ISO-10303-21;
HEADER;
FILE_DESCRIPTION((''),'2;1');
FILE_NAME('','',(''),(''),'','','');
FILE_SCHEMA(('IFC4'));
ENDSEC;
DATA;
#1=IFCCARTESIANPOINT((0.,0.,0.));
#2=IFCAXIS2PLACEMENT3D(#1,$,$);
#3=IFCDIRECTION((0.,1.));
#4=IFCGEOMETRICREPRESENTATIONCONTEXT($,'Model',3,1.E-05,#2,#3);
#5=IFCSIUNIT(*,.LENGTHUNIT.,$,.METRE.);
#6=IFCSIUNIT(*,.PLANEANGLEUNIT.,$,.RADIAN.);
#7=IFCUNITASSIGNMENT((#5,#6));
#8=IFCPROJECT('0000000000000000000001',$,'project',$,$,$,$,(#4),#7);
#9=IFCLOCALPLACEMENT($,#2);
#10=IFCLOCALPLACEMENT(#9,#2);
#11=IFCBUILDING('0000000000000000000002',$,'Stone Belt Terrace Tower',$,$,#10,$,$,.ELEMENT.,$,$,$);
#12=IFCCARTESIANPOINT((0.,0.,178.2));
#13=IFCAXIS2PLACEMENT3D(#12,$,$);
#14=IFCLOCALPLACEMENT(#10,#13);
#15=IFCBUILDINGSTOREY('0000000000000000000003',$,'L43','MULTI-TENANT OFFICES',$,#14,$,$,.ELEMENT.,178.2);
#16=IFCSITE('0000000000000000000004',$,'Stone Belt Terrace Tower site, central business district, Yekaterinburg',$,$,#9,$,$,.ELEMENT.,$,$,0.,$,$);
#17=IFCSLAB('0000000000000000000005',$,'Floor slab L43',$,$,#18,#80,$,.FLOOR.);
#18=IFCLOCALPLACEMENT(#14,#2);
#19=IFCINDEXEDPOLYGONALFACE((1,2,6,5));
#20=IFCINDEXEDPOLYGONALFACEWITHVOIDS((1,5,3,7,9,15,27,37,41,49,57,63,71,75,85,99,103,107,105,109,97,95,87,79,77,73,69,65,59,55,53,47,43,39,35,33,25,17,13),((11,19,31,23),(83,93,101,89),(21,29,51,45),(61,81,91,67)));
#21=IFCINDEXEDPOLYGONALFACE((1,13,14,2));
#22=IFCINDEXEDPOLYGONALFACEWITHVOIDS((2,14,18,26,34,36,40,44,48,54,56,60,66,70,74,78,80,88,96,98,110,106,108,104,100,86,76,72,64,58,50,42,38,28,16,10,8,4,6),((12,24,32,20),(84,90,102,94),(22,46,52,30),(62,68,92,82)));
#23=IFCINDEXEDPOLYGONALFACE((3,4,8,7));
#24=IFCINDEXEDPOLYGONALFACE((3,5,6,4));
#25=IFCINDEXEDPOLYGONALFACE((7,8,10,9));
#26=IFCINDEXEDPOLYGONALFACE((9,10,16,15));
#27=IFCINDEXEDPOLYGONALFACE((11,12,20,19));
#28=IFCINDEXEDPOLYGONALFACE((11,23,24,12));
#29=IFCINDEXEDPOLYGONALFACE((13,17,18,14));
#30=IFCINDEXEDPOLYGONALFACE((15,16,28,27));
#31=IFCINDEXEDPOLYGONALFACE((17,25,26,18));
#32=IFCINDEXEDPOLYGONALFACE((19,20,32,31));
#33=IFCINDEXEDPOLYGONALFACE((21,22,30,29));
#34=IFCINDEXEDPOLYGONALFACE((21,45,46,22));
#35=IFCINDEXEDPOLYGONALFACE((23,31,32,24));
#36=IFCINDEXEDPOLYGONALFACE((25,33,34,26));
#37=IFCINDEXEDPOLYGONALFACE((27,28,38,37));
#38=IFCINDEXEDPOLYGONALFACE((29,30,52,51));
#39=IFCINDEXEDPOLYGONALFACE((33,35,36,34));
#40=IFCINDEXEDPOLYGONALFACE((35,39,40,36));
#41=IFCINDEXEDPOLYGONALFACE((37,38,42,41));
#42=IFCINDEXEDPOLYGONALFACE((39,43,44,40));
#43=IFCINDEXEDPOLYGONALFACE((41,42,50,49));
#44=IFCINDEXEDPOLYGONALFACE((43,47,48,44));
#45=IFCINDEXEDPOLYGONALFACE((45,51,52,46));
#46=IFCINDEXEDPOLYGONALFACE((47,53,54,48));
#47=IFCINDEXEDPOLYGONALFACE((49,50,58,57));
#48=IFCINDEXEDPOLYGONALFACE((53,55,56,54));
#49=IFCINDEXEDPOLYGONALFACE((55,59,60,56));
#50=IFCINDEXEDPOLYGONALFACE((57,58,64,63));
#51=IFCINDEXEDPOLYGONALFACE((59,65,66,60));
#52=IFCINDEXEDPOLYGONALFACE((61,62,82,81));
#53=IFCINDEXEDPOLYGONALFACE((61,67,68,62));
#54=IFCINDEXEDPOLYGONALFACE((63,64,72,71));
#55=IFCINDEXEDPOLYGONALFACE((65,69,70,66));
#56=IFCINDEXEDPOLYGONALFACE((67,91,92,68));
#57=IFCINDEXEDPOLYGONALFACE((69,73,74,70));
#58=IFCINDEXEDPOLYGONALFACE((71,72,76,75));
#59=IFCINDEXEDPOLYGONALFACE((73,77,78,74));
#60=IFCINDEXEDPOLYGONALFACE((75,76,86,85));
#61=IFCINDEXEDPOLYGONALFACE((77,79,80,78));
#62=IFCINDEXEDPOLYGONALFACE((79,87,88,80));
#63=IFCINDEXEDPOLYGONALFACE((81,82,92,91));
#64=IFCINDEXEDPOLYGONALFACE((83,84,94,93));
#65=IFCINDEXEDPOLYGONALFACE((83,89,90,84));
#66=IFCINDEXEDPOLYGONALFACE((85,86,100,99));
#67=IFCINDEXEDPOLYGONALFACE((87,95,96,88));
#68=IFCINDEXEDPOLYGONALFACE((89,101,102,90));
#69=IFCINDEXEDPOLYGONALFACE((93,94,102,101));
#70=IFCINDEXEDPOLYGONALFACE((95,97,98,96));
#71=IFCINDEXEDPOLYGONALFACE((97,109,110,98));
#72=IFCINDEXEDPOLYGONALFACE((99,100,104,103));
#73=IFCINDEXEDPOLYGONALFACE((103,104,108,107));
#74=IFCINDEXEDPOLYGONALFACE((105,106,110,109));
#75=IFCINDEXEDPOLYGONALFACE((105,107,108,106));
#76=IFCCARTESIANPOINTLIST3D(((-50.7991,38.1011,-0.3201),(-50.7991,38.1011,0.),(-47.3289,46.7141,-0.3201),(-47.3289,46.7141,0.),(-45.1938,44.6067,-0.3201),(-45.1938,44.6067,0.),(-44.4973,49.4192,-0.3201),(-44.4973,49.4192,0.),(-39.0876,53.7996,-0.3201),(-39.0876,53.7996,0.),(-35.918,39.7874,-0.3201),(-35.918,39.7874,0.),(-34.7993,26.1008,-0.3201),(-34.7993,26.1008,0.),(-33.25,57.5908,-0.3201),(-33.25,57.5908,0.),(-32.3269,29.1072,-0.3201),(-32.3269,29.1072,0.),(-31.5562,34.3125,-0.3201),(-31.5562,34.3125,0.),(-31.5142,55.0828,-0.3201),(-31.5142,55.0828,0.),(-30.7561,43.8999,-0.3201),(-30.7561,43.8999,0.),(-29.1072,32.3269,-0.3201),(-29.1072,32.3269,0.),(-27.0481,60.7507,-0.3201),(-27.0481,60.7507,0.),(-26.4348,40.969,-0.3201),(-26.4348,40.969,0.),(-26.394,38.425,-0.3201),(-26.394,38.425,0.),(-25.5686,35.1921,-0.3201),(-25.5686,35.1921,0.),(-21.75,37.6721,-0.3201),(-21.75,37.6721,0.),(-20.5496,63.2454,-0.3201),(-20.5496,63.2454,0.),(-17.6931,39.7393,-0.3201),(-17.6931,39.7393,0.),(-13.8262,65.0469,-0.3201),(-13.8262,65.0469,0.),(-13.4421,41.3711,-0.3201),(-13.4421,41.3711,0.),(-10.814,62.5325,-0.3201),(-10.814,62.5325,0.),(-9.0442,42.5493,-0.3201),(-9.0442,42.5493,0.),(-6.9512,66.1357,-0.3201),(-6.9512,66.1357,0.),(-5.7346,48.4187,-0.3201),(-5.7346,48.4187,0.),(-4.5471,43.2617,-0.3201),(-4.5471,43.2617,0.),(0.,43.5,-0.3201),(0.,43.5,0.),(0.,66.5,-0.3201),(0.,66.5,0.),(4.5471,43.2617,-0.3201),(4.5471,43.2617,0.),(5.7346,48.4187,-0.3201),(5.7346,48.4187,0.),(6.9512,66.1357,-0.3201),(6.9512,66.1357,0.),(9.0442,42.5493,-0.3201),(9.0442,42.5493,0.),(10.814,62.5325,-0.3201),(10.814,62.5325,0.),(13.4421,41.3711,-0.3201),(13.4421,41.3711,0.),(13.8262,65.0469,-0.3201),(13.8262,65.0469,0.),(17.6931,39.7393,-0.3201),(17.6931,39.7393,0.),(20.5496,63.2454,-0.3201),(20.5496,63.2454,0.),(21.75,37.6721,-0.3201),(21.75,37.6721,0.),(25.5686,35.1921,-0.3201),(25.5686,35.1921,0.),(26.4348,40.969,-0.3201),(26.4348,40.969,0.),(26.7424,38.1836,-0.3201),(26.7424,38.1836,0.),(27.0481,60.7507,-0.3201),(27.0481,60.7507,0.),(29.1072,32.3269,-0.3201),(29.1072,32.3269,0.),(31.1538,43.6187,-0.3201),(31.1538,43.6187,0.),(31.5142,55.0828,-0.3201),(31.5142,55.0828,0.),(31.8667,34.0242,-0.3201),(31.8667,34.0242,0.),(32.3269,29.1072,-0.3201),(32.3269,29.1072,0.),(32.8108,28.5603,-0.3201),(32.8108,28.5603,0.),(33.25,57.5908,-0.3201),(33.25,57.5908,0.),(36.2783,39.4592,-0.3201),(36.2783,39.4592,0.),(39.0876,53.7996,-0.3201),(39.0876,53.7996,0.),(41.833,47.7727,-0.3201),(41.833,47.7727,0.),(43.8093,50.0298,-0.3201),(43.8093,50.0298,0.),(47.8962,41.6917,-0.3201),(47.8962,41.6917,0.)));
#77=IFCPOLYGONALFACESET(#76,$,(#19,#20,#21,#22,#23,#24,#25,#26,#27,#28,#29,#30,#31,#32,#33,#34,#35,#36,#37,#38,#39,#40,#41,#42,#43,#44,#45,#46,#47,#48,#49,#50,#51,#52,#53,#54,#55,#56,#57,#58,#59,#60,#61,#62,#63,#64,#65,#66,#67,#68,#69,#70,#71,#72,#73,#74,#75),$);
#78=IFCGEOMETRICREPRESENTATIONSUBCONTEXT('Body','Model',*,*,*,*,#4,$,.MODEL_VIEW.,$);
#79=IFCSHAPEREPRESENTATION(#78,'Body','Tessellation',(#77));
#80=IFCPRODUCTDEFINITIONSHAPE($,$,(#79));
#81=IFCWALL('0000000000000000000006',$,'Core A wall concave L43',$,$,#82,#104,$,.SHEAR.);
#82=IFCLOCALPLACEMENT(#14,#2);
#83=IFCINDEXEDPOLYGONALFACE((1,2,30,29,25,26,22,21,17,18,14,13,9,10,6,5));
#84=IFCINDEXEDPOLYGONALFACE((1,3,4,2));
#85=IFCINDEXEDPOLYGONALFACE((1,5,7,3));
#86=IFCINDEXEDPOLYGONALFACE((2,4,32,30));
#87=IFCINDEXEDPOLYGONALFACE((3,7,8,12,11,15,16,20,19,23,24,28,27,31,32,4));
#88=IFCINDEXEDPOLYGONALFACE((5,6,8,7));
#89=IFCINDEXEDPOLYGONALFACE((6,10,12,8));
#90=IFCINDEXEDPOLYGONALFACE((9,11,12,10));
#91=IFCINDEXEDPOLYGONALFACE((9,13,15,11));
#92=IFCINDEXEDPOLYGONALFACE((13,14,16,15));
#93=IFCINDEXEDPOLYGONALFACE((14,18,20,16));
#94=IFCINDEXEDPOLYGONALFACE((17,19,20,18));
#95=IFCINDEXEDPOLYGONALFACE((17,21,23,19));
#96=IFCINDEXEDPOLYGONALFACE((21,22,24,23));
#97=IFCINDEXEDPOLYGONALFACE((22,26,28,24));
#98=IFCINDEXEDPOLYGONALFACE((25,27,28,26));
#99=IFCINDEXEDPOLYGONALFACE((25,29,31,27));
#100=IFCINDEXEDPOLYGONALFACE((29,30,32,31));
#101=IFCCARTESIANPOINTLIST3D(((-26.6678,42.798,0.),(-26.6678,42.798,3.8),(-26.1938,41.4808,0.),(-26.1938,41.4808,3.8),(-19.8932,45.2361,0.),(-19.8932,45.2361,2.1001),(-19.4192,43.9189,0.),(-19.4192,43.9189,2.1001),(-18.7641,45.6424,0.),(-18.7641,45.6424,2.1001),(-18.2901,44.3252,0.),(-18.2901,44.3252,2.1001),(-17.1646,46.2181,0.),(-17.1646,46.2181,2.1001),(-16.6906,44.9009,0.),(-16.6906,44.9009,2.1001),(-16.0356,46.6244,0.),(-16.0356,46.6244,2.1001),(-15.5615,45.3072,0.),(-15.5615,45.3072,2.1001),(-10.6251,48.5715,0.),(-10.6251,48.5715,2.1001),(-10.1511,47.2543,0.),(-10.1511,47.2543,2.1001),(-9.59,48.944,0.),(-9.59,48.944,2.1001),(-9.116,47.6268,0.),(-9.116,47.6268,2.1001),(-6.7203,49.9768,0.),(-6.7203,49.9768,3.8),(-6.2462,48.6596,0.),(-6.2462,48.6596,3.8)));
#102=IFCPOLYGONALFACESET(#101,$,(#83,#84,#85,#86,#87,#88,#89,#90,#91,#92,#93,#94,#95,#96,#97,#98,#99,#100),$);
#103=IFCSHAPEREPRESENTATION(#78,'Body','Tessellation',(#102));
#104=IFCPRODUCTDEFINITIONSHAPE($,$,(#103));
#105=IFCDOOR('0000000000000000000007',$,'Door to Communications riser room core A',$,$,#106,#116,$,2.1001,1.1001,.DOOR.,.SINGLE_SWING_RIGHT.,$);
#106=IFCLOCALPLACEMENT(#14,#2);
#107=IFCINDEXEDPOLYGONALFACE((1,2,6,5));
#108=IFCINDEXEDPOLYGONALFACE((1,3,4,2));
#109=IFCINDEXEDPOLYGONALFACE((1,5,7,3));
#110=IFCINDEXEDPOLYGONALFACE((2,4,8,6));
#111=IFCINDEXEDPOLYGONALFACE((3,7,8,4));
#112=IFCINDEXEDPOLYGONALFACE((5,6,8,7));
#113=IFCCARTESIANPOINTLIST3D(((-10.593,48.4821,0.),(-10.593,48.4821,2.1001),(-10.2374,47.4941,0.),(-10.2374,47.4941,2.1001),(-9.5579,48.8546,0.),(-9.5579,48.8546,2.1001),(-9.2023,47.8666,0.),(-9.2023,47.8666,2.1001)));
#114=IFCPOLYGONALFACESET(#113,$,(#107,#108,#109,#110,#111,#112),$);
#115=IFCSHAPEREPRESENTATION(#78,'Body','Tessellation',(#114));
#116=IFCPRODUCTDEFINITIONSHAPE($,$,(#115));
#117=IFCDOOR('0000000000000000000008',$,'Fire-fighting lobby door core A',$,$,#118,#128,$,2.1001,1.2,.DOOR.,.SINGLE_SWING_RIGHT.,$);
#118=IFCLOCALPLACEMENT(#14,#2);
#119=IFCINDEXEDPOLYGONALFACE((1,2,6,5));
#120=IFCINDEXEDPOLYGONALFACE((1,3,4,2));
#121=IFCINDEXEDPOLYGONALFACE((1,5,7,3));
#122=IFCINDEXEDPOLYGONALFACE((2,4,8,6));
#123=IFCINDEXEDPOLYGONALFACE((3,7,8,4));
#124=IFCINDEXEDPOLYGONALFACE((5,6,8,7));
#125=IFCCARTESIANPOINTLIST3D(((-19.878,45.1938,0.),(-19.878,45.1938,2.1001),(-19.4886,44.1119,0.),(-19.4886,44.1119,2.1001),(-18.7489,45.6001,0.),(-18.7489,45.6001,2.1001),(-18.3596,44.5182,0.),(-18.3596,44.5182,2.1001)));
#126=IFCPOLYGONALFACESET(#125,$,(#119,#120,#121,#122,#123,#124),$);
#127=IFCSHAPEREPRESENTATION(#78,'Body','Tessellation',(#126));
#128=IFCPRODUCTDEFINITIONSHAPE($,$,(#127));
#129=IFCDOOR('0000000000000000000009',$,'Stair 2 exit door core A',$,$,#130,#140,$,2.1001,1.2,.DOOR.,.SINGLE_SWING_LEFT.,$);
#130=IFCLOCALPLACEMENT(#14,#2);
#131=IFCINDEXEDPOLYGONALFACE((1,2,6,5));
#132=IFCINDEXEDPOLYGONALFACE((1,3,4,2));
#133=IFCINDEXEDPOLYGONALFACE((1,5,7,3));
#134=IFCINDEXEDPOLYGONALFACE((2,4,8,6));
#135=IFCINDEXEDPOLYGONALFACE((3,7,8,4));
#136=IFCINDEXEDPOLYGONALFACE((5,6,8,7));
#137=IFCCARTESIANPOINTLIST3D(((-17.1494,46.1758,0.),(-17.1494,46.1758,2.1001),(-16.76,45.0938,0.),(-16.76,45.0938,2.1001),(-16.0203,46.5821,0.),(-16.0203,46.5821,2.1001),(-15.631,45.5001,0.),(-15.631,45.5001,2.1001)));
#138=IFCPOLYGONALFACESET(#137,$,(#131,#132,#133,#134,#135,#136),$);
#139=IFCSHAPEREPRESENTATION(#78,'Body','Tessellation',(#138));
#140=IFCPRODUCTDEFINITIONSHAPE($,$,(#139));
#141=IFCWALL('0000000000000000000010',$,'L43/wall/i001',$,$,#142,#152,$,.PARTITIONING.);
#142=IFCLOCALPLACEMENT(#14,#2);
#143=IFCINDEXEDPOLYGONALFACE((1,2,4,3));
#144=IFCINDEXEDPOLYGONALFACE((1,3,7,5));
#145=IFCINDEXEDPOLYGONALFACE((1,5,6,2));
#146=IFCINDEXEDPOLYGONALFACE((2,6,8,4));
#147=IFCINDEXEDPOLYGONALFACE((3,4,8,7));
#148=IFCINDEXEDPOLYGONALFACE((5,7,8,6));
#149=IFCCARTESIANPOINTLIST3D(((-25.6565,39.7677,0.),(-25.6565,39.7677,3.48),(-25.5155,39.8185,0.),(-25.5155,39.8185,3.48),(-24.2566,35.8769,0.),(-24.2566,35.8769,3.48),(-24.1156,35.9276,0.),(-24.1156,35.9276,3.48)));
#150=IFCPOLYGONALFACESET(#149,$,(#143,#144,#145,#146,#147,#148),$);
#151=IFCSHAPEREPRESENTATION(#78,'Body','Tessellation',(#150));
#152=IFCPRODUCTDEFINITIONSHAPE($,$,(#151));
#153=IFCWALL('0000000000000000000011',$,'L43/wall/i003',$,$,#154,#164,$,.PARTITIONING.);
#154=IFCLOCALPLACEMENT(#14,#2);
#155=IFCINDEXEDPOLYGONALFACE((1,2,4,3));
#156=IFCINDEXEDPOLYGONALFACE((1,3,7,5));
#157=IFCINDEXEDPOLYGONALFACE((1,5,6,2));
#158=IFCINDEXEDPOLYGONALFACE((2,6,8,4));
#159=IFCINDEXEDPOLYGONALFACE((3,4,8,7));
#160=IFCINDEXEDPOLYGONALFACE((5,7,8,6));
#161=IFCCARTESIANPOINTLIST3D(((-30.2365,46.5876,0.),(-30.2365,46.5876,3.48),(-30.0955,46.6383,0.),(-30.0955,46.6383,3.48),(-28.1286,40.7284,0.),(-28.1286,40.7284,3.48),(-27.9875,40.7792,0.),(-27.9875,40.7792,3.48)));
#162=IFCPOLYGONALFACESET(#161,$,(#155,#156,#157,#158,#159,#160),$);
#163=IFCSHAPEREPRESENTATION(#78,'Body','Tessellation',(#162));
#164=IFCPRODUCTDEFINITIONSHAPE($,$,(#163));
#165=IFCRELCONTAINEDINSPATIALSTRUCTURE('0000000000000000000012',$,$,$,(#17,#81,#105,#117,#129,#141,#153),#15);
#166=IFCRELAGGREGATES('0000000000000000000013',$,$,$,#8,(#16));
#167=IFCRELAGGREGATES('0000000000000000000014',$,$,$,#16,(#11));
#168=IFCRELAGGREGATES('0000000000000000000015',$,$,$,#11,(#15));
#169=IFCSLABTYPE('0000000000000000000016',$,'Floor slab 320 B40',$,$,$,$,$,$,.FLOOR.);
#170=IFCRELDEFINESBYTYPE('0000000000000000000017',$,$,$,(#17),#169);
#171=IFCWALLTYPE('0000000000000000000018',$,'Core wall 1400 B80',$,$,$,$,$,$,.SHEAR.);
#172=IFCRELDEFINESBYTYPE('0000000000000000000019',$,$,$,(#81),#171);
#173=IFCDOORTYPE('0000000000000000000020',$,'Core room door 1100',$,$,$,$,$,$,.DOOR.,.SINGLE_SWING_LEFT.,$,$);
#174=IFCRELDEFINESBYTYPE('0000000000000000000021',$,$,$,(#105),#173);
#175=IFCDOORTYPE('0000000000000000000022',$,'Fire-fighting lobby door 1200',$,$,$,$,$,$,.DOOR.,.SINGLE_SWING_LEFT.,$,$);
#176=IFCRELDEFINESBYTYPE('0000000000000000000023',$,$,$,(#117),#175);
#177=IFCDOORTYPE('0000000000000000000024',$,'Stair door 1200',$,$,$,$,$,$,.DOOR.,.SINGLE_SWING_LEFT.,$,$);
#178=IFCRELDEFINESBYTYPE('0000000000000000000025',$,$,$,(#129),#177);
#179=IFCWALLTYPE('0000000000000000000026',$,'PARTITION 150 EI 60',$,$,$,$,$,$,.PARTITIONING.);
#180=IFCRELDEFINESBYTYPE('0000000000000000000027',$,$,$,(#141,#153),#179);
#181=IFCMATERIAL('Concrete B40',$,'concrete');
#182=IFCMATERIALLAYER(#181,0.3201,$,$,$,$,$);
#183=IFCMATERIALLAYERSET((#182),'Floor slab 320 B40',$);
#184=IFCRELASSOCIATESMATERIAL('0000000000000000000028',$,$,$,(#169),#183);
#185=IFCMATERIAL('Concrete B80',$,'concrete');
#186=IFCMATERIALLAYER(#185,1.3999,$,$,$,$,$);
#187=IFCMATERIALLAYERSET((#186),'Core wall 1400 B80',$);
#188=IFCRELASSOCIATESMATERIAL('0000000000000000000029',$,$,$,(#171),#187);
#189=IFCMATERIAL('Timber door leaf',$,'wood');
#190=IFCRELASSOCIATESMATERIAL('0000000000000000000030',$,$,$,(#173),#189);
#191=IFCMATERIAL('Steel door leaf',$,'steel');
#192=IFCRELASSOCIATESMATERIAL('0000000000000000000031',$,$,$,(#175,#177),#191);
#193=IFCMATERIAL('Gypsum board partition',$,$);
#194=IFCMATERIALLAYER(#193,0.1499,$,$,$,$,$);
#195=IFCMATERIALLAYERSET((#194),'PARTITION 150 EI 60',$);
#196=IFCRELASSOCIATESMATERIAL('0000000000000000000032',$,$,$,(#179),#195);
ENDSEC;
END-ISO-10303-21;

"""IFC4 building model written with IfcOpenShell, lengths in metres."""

from ifc_helpers import new_model, si_unit, direction, frame, frame_2d, origin, place, context, subcontext, project, spatial, polyline, rectangle, outline, extrude, material, layer, layer_set, type_object, element, fill, save


model = new_model("IFC4")

# Units and contexts
model_context = context("Model", 3, precision=1e-05, world=origin(), true_north=direction((0.0, 1.0)))
body_context = subcontext(model_context, "Body", "Model", "MODEL_VIEW")
ifc_project = project(units=[si_unit("LENGTHUNIT", "METRE"), si_unit("PLANEANGLEUNIT", "RADIAN")], contexts=[model_context])

# Site, building, storey
site_placement = place(None, origin())
site = spatial("IfcSite", under=ifc_project, at=site_placement, Name="Stone Belt Terrace Tower site, central business district, Yekaterinburg", CompositionType="ELEMENT", RefElevation=0.0)
building_placement = place(site_placement, origin())
building = spatial("IfcBuilding", under=site, at=building_placement, Name="Stone Belt Terrace Tower", CompositionType="ELEMENT")
storey_placement = place(building_placement, frame((0.0, 0.0, 178.2)))
storey = spatial("IfcBuildingStorey", under=building, at=storey_placement, Name="L43", Description="MULTI-TENANT OFFICES", CompositionType="ELEMENT", Elevation=178.2)

# Shared definitions
ifc_material_1 = material(Name="Concrete B80", Category="concrete")

# Slab
ifc_material_2 = material(Name="Concrete B40", Category="concrete")
ifc_layer_1 = layer(ifc_material_2, 0.3201)
ifc_layer_set_1 = layer_set([ifc_layer_1], Name="Floor slab 320 B40")
slab_type = type_object("IfcSlabType", Name="Floor slab 320 B40", PredefinedType="FLOOR", material=ifc_layer_set_1)
slab_placement = place(storey_placement, frame((0.0, 0.0, -0.3201)))
element("IfcSlab", 1, at=slab_placement, inside=storey, type_object=slab_type, Name="Floor slab L43", PredefinedType="FLOOR", context=body_context, shape_type="SweptSolid", body=[
    extrude(outline(polyline([(-44.4973, 49.4192), (-39.0876, 53.7996), (-33.25, 57.5908), (-27.0481, 60.7507), (-20.5496, 63.2454), (-13.8262, 65.0469), (-6.9512, 66.1357), (0.0, 66.5), (6.9512, 66.1357), (13.8262, 65.0469), (20.5496, 63.2454), (27.0481, 60.7507), (33.25, 57.5908), (39.0876, 53.7996), (43.8093, 50.0298), (41.833, 47.7727), (47.8962, 41.6917), (32.8108, 28.5603), (32.3269, 29.1072), (29.1072, 32.3269), (25.5686, 35.1921), (21.75, 37.6721), (17.6931, 39.7393), (13.4421, 41.3711), (9.0442, 42.5493), (4.5471, 43.2617), (0.0, 43.5), (-4.5471, 43.2617), (-9.0442, 42.5493), (-13.4421, 41.3711), (-17.6931, 39.7393), (-21.75, 37.6721), (-25.5686, 35.1921), (-29.1072, 32.3269), (-32.3269, 29.1072), (-34.7993, 26.1008), (-50.7991, 38.1011), (-45.1938, 44.6067), (-47.3289, 46.7141), (-44.4973, 49.4192)]), holes=[polyline([(-26.4348, 40.969), (-5.7346, 48.4187), (-10.814, 62.5325), (-31.5142, 55.0828), (-26.4348, 40.969)]), polyline([(10.814, 62.5325), (5.7346, 48.4187), (26.4348, 40.969), (31.5142, 55.0828), (10.814, 62.5325)]), polyline([(-35.918, 39.7874), (-31.5562, 34.3125), (-26.394, 38.425), (-30.7561, 43.8999), (-35.918, 39.7874)]), polyline([(36.2783, 39.4592), (31.1538, 43.6187), (26.7424, 38.1836), (31.8667, 34.0242), (36.2783, 39.4592)])]), origin(), (0.0, 0.0, 1.0), 0.3201),
])

# Wall, openings, doors
ifc_layer_2 = layer(ifc_material_1, 1.3999)
ifc_layer_set_2 = layer_set([ifc_layer_2], Name="Core wall 1400 B80")
wall_type_1 = type_object("IfcWallType", Name="Core wall 1400 B80", PredefinedType="SHEAR", material=ifc_layer_set_2)
wall_1_placement = place(storey_placement, frame((-26.4309, 42.1394, 0.0), z_axis=(0.0, 0.0, 1.0), x_axis=(0.940923, 0.33862, 0.0)))
wall_1 = element("IfcWall", 2, at=wall_1_placement, inside=storey, type_object=wall_type_1, Name="Core A wall concave L43", PredefinedType="SHEAR", context=body_context, shape_type="SweptSolid", body=[
    extrude(rectangle(XDim=21.2, YDim=1.3999, at=frame_2d((10.6001, 0.0))), origin(), (0.0, 0.0, 1.0), 3.8),
])
opening_1_placement = place(wall_1_placement, frame((7.2, 0.0, 0.0)))
opening_1 = element("IfcOpeningElement", 3, at=opening_1_placement, cuts=wall_1, PredefinedType="OPENING", context=body_context, shape_type="SweptSolid", body=[
    extrude(rectangle(XDim=1.2, YDim=2.1001, at=frame_2d((0.6001, 1.05))), frame((0.0, 0.71, 0.0), z_axis=(0.0, -1.0, 0.0), x_axis=(1.0, 0.0, 0.0)), (0.0, 0.0, 1.0), 1.4199),
])
opening_2_placement = place(wall_1_placement, frame((10.0999, 0.0, 0.0)))
opening_2 = element("IfcOpeningElement", 4, at=opening_2_placement, cuts=wall_1, PredefinedType="OPENING", context=body_context, shape_type="SweptSolid", body=[
    extrude(rectangle(XDim=1.2, YDim=2.1001, at=frame_2d((0.6001, 1.05))), frame((0.0, 0.71, 0.0), z_axis=(0.0, -1.0, 0.0), x_axis=(1.0, 0.0, 0.0)), (0.0, 0.0, 1.0), 1.4199),
])
opening_3_placement = place(wall_1_placement, frame((17.05, 0.0, 0.0)))
opening_3 = element("IfcOpeningElement", 5, at=opening_3_placement, cuts=wall_1, PredefinedType="OPENING", context=body_context, shape_type="SweptSolid", body=[
    extrude(rectangle(XDim=1.1001, YDim=2.1001, at=frame_2d((0.55, 1.05))), frame((0.0, 0.71, 0.0), z_axis=(0.0, -1.0, 0.0), x_axis=(1.0, 0.0, 0.0)), (0.0, 0.0, 1.0), 1.4199),
])
ifc_material_3 = material(Name="Timber door leaf", Category="wood")
door_type_1 = type_object("IfcDoorType", Name="Core room door 1100", OperationType="SINGLE_SWING_LEFT", PredefinedType="DOOR", material=ifc_material_3)
door_1_placement = place(opening_3_placement, origin())
door_1 = element("IfcDoor", 6, at=door_1_placement, inside=storey, type_object=door_type_1, Name="Door to Communications riser room core A", OperationType="SINGLE_SWING_RIGHT", OverallHeight=2.1001, OverallWidth=1.1001, PredefinedType="DOOR", context=body_context, shape_type="SweptSolid", body=[
    extrude(rectangle(XDim=1.1001, YDim=2.1001, at=frame_2d((0.55, 1.05))), frame((0.0, 0.605, 0.0), z_axis=(0.0, -1.0, 0.0), x_axis=(1.0, 0.0, 0.0)), (0.0, 0.0, 1.0), 1.05),
])
fill(opening_3, door_1)
ifc_material_4 = material(Name="Steel door leaf", Category="steel")
door_type_2 = type_object("IfcDoorType", Name="Fire-fighting lobby door 1200", OperationType="SINGLE_SWING_LEFT", PredefinedType="DOOR", material=ifc_material_4)
door_2_placement = place(opening_1_placement, origin())
door_2 = element("IfcDoor", 7, at=door_2_placement, inside=storey, type_object=door_type_2, Name="Fire-fighting lobby door core A", OperationType="SINGLE_SWING_RIGHT", OverallHeight=2.1001, OverallWidth=1.2, PredefinedType="DOOR", context=body_context, shape_type="SweptSolid", body=[
    extrude(rectangle(XDim=1.2, YDim=2.1001, at=frame_2d((0.6001, 1.05))), frame((0.0, 0.655, 0.0), z_axis=(0.0, -1.0, 0.0), x_axis=(1.0, 0.0, 0.0)), (0.0, 0.0, 1.0), 1.1499),
])
fill(opening_1, door_2)
door_type_3 = type_object("IfcDoorType", Name="Stair door 1200", OperationType="SINGLE_SWING_LEFT", PredefinedType="DOOR", material=ifc_material_4)
door_3_placement = place(opening_2_placement, origin())
door_3 = element("IfcDoor", 8, at=door_3_placement, inside=storey, type_object=door_type_3, Name="Stair 2 exit door core A", OperationType="SINGLE_SWING_LEFT", OverallHeight=2.1001, OverallWidth=1.2, PredefinedType="DOOR", context=body_context, shape_type="SweptSolid", body=[
    extrude(rectangle(XDim=1.2, YDim=2.1001, at=frame_2d((0.6001, 1.05))), frame((0.0, 0.655, 0.0), z_axis=(0.0, -1.0, 0.0), x_axis=(1.0, 0.0, 0.0)), (0.0, 0.0, 1.0), 1.1499),
])
fill(opening_2, door_3)

# Walls
ifc_material_5 = material(Name="Gypsum board partition")
ifc_layer_3 = layer(ifc_material_5, 0.1499)
ifc_layer_set_3 = layer_set([ifc_layer_3], Name="PARTITION 150 EI 60")
wall_type_2 = type_object("IfcWallType", Name="PARTITION 150 EI 60", PredefinedType="PARTITIONING", material=ifc_layer_set_3)
wall_2_placement = place(storey_placement, frame((-25.5859, 39.793, 0.0), z_axis=(0.0, 0.0, 1.0), x_axis=(0.338546, -0.94095, 0.0)))
element("IfcWall", 9, at=wall_2_placement, inside=storey, type_object=wall_type_2, Name="L43/wall/i001", PredefinedType="PARTITIONING", context=body_context, shape_type="SweptSolid", body=[
    extrude(rectangle(XDim=4.135, YDim=0.1499, at=frame_2d((2.0674, 0.0))), origin(), (0.0, 0.0, 1.0), 3.48),
])
wall_3_placement = place(storey_placement, frame((-28.0581, 40.7539, 0.0), z_axis=(0.0, 0.0, 1.0), x_axis=(-0.338524, 0.940958, 0.0)))
element("IfcWall", 10, at=wall_3_placement, inside=storey, type_object=wall_type_2, Name="L43/wall/i003", PredefinedType="PARTITIONING", context=body_context, shape_type="SweptSolid", body=[
    extrude(rectangle(XDim=6.2268, YDim=0.1499, at=frame_2d((3.1133, 0.0))), origin(), (0.0, 0.0, 1.0), 3.48),
])

save(model, "model.ifc")
